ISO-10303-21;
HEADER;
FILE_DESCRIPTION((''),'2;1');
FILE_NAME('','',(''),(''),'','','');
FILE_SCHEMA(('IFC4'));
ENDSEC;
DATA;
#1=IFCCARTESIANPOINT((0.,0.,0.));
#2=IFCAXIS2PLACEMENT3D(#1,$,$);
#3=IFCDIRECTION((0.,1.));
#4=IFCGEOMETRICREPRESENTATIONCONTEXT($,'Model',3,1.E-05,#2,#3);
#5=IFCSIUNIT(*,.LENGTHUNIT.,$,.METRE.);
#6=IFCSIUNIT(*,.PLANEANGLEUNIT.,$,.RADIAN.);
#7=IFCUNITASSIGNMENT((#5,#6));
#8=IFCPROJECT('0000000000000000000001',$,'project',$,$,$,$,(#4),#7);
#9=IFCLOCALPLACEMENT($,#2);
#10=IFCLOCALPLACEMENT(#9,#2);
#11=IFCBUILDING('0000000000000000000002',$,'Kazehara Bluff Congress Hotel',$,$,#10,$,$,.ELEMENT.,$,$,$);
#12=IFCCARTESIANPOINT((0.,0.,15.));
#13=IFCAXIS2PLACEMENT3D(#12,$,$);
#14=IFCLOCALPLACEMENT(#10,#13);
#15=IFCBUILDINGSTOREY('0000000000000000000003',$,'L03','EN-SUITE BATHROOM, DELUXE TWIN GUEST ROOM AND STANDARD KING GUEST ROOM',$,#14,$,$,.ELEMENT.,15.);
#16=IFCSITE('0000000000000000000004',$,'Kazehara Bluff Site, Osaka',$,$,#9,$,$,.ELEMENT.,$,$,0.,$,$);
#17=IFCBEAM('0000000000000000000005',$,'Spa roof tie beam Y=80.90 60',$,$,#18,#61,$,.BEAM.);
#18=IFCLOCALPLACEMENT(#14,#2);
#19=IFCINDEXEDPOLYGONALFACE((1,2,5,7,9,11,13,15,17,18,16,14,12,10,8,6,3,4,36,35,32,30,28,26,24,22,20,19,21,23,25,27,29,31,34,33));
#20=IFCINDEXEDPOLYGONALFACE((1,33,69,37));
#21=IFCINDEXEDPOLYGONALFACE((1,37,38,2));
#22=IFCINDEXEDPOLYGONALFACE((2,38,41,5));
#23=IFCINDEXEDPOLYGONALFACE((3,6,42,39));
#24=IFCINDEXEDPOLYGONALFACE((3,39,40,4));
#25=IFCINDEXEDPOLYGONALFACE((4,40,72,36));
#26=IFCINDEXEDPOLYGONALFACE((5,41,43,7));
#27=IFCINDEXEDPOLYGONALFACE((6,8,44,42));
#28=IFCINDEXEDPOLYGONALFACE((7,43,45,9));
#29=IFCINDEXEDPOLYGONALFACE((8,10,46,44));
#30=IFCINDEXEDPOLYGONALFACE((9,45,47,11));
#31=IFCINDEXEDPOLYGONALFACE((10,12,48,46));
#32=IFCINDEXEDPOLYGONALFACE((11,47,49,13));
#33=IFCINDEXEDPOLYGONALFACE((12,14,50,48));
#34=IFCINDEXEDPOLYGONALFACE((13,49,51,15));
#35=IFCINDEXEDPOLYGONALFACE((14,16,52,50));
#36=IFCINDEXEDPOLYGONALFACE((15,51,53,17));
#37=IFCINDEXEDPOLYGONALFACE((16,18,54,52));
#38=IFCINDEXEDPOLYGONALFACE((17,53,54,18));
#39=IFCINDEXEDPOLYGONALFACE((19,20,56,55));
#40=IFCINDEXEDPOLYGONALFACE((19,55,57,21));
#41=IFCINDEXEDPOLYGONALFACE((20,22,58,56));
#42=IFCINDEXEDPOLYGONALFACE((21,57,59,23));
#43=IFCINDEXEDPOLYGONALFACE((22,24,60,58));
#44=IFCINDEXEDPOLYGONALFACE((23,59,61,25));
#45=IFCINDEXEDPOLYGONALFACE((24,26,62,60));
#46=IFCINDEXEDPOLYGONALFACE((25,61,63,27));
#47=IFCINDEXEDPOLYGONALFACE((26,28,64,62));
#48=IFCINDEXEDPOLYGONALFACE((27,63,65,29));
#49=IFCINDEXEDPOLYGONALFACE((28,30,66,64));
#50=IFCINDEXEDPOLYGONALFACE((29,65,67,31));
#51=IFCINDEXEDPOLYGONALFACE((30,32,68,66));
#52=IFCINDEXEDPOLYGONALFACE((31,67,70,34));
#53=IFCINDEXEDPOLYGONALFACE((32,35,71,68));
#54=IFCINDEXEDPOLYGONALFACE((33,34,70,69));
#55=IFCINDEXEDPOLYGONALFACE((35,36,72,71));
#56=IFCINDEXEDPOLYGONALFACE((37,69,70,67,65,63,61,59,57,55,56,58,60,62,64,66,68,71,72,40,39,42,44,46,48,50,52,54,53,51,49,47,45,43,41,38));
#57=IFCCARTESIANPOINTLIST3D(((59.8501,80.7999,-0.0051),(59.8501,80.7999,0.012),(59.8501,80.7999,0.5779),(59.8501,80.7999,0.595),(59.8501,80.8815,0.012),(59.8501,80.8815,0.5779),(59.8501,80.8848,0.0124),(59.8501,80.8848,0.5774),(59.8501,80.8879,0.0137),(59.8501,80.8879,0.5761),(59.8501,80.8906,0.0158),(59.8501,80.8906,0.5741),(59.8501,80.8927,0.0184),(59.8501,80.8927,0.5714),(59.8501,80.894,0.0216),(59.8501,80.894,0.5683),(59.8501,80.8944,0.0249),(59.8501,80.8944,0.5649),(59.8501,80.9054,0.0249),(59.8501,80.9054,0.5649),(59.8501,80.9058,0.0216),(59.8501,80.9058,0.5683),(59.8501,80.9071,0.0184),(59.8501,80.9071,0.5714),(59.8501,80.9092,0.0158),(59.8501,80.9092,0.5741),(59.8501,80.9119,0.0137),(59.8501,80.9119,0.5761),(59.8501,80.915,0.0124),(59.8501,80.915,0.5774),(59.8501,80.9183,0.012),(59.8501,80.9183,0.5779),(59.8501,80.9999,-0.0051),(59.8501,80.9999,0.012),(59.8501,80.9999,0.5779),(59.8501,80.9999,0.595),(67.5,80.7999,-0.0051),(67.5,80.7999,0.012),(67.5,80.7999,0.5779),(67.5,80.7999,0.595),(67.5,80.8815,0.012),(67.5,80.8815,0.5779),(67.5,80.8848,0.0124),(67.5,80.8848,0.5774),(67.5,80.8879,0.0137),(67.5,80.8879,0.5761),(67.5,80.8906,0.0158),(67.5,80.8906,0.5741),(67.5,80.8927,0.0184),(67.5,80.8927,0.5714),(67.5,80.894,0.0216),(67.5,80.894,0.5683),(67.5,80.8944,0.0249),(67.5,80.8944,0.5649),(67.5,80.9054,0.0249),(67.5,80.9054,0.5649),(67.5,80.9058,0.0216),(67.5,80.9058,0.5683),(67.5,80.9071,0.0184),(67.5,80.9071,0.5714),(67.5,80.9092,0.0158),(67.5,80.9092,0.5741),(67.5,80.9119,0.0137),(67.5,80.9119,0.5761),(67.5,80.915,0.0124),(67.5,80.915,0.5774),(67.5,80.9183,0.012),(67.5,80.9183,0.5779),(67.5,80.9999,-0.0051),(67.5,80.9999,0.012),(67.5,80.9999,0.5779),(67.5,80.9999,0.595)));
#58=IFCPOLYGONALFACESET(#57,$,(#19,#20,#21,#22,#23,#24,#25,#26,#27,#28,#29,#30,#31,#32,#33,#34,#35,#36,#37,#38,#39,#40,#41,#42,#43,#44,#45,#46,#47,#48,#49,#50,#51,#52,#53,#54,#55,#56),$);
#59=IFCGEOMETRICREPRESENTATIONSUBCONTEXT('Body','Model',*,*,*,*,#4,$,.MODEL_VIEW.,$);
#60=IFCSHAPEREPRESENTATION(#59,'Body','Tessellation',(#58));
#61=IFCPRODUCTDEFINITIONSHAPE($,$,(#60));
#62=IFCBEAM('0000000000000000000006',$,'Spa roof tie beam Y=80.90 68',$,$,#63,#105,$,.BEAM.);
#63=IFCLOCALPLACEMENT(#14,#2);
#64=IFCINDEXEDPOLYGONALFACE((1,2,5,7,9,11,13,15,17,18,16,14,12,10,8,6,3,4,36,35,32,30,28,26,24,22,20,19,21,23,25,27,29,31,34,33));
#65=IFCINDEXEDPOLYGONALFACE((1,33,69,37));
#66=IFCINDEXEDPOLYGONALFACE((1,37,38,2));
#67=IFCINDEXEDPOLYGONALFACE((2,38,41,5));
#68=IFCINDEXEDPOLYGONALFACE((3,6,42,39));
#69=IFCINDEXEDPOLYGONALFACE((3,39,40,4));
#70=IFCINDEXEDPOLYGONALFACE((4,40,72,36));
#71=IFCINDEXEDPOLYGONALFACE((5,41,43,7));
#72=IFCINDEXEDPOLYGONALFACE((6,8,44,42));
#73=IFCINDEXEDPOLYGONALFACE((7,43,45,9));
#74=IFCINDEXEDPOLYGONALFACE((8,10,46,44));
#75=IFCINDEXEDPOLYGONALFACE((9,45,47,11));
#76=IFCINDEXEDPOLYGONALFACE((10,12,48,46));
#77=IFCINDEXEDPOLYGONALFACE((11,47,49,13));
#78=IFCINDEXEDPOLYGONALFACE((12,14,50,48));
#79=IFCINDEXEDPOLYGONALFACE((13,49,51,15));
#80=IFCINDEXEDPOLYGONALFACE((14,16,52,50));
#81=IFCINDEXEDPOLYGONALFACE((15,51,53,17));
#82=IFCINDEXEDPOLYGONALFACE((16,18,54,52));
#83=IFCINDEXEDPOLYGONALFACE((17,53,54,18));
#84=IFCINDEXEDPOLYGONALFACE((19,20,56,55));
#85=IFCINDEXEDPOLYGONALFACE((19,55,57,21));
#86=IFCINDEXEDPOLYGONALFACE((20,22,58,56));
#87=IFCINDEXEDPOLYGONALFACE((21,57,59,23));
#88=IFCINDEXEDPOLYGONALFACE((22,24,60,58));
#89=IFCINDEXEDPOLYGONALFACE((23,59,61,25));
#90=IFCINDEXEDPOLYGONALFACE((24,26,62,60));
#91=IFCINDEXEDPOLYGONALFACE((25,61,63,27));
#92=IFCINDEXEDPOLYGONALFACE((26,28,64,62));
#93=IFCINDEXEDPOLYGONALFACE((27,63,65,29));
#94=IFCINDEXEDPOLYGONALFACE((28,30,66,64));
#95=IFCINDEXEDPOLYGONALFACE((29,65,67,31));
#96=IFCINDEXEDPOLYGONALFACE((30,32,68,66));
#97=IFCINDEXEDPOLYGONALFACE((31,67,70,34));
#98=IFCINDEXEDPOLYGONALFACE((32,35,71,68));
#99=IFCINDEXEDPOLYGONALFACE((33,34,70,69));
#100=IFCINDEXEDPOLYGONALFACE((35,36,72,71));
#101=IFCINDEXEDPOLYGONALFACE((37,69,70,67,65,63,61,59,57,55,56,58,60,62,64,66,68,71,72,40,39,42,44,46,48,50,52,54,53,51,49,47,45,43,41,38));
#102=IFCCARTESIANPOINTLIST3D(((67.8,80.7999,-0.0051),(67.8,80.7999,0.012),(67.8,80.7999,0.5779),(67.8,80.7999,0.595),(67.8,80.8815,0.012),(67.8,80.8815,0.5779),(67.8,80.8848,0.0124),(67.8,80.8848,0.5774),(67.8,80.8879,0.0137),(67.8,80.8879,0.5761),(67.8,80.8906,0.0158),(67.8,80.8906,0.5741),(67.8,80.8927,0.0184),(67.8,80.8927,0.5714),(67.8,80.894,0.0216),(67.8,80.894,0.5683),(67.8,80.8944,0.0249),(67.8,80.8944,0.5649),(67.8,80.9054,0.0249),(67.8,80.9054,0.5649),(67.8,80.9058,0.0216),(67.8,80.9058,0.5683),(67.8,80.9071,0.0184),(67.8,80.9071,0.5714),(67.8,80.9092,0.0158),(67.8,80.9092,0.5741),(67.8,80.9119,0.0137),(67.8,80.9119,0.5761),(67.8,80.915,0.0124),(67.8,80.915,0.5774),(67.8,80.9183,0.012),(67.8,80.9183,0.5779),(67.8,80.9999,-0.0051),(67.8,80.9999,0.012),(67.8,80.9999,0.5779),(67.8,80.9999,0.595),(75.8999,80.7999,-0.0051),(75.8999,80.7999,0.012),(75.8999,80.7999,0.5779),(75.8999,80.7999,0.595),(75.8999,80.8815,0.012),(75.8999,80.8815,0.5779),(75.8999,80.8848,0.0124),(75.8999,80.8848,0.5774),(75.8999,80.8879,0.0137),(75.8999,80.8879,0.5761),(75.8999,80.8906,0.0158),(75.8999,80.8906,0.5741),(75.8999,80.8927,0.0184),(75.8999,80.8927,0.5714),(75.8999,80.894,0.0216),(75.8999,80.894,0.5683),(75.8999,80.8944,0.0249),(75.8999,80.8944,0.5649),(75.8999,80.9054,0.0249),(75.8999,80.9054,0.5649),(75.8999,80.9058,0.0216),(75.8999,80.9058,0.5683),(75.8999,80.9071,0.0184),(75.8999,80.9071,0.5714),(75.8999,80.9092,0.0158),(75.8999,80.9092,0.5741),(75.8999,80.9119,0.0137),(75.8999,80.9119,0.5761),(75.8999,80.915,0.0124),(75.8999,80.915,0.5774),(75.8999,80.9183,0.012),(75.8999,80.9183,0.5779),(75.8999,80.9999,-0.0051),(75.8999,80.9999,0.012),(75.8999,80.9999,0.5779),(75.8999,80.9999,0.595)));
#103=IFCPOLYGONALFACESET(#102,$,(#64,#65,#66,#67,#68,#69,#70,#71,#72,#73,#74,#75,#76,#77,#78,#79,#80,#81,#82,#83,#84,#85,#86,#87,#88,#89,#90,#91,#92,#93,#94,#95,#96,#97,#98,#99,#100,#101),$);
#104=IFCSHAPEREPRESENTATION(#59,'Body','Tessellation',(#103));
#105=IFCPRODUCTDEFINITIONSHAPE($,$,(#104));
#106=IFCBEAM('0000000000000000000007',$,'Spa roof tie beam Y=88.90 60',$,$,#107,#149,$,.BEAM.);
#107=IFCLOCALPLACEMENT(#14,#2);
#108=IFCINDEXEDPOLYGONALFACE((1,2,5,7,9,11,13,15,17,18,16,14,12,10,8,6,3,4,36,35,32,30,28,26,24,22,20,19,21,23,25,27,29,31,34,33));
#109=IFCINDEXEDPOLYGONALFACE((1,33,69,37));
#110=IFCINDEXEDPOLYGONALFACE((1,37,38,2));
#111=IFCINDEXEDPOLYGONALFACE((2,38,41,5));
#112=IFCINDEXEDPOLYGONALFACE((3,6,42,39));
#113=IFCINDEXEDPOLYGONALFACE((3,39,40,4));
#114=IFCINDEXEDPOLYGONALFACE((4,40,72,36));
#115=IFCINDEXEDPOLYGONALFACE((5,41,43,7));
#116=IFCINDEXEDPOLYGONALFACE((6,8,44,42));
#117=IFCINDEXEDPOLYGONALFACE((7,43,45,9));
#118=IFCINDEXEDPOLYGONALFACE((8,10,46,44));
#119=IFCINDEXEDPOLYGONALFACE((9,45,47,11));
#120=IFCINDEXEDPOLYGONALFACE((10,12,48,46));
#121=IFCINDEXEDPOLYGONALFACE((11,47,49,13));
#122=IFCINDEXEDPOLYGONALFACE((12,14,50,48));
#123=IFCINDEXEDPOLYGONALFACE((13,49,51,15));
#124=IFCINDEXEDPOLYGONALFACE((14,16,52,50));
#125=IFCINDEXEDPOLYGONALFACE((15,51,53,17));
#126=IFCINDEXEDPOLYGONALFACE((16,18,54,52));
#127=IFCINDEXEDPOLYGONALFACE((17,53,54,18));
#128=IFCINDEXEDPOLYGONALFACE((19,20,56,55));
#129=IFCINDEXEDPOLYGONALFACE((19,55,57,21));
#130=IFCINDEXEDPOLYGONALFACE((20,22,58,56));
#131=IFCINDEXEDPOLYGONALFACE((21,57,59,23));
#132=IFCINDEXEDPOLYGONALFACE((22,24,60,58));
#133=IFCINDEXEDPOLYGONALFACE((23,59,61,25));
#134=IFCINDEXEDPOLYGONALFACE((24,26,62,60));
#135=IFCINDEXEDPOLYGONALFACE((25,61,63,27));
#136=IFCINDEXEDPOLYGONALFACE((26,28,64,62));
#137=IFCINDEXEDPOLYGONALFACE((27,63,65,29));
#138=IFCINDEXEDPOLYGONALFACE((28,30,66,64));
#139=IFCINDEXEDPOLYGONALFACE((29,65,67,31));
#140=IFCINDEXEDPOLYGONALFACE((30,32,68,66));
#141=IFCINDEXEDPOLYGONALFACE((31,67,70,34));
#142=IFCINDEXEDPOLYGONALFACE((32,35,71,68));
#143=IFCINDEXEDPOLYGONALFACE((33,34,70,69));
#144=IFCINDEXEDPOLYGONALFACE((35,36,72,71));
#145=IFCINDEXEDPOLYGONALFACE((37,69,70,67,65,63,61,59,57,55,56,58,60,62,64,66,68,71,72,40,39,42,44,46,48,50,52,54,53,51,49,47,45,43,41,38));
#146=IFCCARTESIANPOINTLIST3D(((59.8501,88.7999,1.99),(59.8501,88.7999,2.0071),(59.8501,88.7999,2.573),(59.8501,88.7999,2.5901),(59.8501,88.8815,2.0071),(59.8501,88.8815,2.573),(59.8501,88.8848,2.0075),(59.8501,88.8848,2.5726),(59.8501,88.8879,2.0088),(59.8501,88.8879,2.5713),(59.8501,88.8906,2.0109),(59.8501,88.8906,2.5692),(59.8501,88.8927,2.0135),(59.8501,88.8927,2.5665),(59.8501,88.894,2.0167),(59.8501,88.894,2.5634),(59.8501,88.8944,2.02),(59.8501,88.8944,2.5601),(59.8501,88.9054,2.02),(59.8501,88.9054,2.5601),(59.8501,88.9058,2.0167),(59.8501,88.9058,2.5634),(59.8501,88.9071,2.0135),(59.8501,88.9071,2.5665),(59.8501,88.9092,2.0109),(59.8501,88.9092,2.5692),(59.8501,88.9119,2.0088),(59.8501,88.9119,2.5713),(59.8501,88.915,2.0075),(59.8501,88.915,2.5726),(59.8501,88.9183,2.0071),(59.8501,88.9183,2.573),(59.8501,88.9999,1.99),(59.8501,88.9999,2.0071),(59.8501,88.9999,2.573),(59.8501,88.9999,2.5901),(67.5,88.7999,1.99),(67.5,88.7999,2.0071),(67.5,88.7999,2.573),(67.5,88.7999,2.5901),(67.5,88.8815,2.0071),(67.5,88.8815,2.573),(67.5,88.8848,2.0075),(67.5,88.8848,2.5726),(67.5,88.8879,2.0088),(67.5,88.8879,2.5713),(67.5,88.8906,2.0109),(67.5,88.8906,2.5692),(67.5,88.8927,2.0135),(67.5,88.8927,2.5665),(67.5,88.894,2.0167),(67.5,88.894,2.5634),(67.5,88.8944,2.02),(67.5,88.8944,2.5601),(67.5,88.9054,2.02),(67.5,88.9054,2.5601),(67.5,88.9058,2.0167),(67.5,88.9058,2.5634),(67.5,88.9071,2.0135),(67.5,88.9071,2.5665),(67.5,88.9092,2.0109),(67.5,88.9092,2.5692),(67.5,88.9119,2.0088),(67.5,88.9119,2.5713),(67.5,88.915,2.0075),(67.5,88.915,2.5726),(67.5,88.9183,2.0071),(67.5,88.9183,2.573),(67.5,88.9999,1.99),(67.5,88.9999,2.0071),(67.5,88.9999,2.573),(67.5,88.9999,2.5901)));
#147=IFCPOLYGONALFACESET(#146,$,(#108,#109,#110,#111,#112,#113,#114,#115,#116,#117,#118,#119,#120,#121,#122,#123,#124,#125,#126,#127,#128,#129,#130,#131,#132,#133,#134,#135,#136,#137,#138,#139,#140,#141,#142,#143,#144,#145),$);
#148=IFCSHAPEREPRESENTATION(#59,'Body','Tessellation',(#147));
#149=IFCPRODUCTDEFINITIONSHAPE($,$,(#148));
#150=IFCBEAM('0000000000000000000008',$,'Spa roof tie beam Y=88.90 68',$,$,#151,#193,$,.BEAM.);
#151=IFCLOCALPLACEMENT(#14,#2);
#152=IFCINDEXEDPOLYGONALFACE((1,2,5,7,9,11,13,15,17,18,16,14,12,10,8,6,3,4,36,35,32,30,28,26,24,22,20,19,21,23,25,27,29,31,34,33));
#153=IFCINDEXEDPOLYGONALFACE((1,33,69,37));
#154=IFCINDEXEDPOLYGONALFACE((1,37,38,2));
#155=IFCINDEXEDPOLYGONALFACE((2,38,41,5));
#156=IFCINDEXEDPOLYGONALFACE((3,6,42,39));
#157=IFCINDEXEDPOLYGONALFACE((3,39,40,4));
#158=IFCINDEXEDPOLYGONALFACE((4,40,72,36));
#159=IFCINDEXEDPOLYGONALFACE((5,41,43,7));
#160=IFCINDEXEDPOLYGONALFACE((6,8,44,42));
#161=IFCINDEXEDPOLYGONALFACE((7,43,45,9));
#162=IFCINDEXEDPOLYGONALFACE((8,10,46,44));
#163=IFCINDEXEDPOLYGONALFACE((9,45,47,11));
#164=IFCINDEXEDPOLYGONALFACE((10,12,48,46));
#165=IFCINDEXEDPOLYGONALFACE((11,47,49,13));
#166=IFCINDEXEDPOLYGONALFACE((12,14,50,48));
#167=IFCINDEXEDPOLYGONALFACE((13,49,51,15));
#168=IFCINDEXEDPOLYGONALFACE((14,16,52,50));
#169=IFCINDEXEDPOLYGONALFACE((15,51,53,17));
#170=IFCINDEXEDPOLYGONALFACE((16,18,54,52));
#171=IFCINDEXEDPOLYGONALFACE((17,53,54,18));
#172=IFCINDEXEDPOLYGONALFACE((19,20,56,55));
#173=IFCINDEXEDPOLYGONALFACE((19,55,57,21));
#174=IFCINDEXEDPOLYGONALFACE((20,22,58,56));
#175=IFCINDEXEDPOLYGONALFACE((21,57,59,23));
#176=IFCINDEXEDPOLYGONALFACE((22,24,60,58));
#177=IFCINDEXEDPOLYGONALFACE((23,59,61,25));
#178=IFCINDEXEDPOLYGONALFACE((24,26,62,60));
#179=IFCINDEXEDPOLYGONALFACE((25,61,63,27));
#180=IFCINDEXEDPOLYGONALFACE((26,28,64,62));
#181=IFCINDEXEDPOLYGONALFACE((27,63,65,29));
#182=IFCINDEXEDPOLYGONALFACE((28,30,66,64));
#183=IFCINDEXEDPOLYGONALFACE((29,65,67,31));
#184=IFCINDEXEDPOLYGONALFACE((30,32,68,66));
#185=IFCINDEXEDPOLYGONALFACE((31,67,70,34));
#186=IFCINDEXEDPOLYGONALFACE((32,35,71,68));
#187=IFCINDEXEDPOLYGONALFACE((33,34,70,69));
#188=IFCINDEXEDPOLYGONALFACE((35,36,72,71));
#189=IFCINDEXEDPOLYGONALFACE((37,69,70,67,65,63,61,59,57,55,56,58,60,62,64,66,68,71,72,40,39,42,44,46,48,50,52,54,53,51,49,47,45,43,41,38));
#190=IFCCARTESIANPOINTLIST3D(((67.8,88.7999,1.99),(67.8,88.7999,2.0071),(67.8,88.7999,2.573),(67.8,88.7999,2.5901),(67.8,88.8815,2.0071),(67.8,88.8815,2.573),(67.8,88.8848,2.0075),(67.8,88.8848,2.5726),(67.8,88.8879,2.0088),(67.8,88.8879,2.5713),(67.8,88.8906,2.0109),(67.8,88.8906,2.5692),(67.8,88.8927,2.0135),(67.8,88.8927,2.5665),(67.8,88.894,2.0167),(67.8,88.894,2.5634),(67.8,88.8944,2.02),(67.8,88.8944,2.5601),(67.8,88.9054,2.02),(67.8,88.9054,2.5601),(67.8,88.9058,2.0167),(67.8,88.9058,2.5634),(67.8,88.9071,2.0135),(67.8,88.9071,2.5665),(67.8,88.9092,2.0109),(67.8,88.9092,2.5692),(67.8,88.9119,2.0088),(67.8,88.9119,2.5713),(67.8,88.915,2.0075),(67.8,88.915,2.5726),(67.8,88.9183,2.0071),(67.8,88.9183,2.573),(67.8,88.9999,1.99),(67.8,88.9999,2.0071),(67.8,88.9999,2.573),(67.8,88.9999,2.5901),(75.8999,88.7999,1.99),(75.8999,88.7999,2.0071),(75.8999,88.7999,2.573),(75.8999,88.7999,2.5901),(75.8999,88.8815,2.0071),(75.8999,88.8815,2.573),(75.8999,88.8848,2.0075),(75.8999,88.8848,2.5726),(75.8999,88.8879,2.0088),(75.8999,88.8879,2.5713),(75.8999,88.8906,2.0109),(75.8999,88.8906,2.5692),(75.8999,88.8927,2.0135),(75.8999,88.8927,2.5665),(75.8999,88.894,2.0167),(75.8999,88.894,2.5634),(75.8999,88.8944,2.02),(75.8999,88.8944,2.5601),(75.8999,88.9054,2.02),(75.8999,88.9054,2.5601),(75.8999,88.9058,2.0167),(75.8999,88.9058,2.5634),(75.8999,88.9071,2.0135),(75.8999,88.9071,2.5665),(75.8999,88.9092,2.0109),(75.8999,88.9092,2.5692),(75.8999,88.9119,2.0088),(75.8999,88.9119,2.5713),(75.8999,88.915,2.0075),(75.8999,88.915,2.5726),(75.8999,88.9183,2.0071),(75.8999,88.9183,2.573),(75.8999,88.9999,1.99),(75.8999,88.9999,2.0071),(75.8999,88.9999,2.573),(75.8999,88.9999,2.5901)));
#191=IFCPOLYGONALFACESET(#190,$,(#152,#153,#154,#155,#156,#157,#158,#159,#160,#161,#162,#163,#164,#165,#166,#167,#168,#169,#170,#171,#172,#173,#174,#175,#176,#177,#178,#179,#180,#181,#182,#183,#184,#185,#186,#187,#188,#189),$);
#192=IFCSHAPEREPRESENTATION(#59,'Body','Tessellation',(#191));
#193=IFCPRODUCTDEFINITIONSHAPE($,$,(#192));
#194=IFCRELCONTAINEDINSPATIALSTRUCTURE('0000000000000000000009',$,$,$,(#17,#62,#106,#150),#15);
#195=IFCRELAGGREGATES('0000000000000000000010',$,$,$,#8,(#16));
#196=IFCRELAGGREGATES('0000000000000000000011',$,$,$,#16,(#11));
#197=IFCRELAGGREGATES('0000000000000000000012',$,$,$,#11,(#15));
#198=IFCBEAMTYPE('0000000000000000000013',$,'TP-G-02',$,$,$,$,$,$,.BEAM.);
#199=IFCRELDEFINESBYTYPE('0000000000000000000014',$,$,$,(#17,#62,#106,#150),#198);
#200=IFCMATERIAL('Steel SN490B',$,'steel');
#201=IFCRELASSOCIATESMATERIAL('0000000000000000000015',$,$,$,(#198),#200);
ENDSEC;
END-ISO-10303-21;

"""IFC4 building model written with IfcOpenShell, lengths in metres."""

from ifc_helpers import new_model, si_unit, direction, frame, origin, origin_2d, place, context, subcontext, project, spatial, i_section, extrude, material, material_profile, profile_set, type_object, element, save


model = new_model("IFC4")

# Units and contexts
model_context = context("Model", 3, precision=1e-05, world=origin(), true_north=direction((0.0, 1.0)))
body_context = subcontext(model_context, "Body", "Model", "MODEL_VIEW")
ifc_project = project(units=[si_unit("LENGTHUNIT", "METRE"), si_unit("PLANEANGLEUNIT", "RADIAN")], contexts=[model_context])

# Site, building, storey
site_placement = place(None, origin())
site = spatial("IfcSite", under=ifc_project, at=site_placement, Name="Kazehara Bluff Site, Osaka", CompositionType="ELEMENT", RefElevation=0.0)
building_placement = place(site_placement, origin())
building = spatial("IfcBuilding", under=site, at=building_placement, Name="Kazehara Bluff Congress Hotel", CompositionType="ELEMENT")
storey_placement = place(building_placement, frame((0.0, 0.0, 15.0)))
storey = spatial("IfcBuildingStorey", under=building, at=storey_placement, Name="L03", Description="EN-SUITE BATHROOM, DELUXE TWIN GUEST ROOM AND STANDARD KING GUEST ROOM", CompositionType="ELEMENT", Elevation=15.0)

# Beams
ifc_material_1 = material(Name="Steel SN490B", Category="steel")
ifc_material_profile_1 = material_profile(ifc_material_1, i_section(OverallWidth=0.2, OverallDepth=0.6001, WebThickness=0.011, FlangeThickness=0.0171, FilletRadius=0.0129, at=origin_2d()))
ifc_profile_set_1 = profile_set([ifc_material_profile_1], Name="Steel SN490B")
beam_type_1 = type_object("IfcBeamType", Name="TP-G-02", PredefinedType="BEAM", material=ifc_profile_set_1)
beam_1_placement = place(storey_placement, frame((59.8501, 80.8999, 0.2949), z_axis=(1.0, 0.0, 0.0), x_axis=(0.0, 1.0, 0.0)))
element("IfcBeam", 1, at=beam_1_placement, inside=storey, type_object=beam_type_1, Name="Spa roof tie beam Y=80.90 60", PredefinedType="BEAM", context=body_context, shape_type="SweptSolid", body=[
    extrude(i_section(OverallWidth=0.2, OverallDepth=0.6001, WebThickness=0.011, FlangeThickness=0.0171, FilletRadius=0.0129, at=origin_2d()), origin(), (0.0, 0.0, 1.0), 7.6499),
])
beam_2_placement = place(storey_placement, frame((67.8, 80.8999, 0.2949), z_axis=(1.0, 0.0, 0.0), x_axis=(0.0, 1.0, 0.0)))
element("IfcBeam", 2, at=beam_2_placement, inside=storey, type_object=beam_type_1, Name="Spa roof tie beam Y=80.90 68", PredefinedType="BEAM", context=body_context, shape_type="SweptSolid", body=[
    extrude(i_section(OverallWidth=0.2, OverallDepth=0.6001, WebThickness=0.011, FlangeThickness=0.0171, FilletRadius=0.0129, at=origin_2d()), origin(), (0.0, 0.0, 1.0), 8.0999),
])
beam_3_placement = place(storey_placement, frame((59.8501, 88.8999, 2.29), z_axis=(1.0, 0.0, 0.0), x_axis=(0.0, 1.0, 0.0)))
element("IfcBeam", 3, at=beam_3_placement, inside=storey, type_object=beam_type_1, Name="Spa roof tie beam Y=88.90 60", PredefinedType="BEAM", context=body_context, shape_type="SweptSolid", body=[
    extrude(i_section(OverallWidth=0.2, OverallDepth=0.6001, WebThickness=0.011, FlangeThickness=0.0171, FilletRadius=0.0129, at=origin_2d()), origin(), (0.0, 0.0, 1.0), 7.6499),
])
beam_4_placement = place(storey_placement, frame((67.8, 88.8999, 2.29), z_axis=(1.0, 0.0, 0.0), x_axis=(0.0, 1.0, 0.0)))
element("IfcBeam", 4, at=beam_4_placement, inside=storey, type_object=beam_type_1, Name="Spa roof tie beam Y=88.90 68", PredefinedType="BEAM", context=body_context, shape_type="SweptSolid", body=[
    extrude(i_section(OverallWidth=0.2, OverallDepth=0.6001, WebThickness=0.011, FlangeThickness=0.0171, FilletRadius=0.0129, at=origin_2d()), origin(), (0.0, 0.0, 1.0), 8.0999),
])

save(model, "model.ifc")
